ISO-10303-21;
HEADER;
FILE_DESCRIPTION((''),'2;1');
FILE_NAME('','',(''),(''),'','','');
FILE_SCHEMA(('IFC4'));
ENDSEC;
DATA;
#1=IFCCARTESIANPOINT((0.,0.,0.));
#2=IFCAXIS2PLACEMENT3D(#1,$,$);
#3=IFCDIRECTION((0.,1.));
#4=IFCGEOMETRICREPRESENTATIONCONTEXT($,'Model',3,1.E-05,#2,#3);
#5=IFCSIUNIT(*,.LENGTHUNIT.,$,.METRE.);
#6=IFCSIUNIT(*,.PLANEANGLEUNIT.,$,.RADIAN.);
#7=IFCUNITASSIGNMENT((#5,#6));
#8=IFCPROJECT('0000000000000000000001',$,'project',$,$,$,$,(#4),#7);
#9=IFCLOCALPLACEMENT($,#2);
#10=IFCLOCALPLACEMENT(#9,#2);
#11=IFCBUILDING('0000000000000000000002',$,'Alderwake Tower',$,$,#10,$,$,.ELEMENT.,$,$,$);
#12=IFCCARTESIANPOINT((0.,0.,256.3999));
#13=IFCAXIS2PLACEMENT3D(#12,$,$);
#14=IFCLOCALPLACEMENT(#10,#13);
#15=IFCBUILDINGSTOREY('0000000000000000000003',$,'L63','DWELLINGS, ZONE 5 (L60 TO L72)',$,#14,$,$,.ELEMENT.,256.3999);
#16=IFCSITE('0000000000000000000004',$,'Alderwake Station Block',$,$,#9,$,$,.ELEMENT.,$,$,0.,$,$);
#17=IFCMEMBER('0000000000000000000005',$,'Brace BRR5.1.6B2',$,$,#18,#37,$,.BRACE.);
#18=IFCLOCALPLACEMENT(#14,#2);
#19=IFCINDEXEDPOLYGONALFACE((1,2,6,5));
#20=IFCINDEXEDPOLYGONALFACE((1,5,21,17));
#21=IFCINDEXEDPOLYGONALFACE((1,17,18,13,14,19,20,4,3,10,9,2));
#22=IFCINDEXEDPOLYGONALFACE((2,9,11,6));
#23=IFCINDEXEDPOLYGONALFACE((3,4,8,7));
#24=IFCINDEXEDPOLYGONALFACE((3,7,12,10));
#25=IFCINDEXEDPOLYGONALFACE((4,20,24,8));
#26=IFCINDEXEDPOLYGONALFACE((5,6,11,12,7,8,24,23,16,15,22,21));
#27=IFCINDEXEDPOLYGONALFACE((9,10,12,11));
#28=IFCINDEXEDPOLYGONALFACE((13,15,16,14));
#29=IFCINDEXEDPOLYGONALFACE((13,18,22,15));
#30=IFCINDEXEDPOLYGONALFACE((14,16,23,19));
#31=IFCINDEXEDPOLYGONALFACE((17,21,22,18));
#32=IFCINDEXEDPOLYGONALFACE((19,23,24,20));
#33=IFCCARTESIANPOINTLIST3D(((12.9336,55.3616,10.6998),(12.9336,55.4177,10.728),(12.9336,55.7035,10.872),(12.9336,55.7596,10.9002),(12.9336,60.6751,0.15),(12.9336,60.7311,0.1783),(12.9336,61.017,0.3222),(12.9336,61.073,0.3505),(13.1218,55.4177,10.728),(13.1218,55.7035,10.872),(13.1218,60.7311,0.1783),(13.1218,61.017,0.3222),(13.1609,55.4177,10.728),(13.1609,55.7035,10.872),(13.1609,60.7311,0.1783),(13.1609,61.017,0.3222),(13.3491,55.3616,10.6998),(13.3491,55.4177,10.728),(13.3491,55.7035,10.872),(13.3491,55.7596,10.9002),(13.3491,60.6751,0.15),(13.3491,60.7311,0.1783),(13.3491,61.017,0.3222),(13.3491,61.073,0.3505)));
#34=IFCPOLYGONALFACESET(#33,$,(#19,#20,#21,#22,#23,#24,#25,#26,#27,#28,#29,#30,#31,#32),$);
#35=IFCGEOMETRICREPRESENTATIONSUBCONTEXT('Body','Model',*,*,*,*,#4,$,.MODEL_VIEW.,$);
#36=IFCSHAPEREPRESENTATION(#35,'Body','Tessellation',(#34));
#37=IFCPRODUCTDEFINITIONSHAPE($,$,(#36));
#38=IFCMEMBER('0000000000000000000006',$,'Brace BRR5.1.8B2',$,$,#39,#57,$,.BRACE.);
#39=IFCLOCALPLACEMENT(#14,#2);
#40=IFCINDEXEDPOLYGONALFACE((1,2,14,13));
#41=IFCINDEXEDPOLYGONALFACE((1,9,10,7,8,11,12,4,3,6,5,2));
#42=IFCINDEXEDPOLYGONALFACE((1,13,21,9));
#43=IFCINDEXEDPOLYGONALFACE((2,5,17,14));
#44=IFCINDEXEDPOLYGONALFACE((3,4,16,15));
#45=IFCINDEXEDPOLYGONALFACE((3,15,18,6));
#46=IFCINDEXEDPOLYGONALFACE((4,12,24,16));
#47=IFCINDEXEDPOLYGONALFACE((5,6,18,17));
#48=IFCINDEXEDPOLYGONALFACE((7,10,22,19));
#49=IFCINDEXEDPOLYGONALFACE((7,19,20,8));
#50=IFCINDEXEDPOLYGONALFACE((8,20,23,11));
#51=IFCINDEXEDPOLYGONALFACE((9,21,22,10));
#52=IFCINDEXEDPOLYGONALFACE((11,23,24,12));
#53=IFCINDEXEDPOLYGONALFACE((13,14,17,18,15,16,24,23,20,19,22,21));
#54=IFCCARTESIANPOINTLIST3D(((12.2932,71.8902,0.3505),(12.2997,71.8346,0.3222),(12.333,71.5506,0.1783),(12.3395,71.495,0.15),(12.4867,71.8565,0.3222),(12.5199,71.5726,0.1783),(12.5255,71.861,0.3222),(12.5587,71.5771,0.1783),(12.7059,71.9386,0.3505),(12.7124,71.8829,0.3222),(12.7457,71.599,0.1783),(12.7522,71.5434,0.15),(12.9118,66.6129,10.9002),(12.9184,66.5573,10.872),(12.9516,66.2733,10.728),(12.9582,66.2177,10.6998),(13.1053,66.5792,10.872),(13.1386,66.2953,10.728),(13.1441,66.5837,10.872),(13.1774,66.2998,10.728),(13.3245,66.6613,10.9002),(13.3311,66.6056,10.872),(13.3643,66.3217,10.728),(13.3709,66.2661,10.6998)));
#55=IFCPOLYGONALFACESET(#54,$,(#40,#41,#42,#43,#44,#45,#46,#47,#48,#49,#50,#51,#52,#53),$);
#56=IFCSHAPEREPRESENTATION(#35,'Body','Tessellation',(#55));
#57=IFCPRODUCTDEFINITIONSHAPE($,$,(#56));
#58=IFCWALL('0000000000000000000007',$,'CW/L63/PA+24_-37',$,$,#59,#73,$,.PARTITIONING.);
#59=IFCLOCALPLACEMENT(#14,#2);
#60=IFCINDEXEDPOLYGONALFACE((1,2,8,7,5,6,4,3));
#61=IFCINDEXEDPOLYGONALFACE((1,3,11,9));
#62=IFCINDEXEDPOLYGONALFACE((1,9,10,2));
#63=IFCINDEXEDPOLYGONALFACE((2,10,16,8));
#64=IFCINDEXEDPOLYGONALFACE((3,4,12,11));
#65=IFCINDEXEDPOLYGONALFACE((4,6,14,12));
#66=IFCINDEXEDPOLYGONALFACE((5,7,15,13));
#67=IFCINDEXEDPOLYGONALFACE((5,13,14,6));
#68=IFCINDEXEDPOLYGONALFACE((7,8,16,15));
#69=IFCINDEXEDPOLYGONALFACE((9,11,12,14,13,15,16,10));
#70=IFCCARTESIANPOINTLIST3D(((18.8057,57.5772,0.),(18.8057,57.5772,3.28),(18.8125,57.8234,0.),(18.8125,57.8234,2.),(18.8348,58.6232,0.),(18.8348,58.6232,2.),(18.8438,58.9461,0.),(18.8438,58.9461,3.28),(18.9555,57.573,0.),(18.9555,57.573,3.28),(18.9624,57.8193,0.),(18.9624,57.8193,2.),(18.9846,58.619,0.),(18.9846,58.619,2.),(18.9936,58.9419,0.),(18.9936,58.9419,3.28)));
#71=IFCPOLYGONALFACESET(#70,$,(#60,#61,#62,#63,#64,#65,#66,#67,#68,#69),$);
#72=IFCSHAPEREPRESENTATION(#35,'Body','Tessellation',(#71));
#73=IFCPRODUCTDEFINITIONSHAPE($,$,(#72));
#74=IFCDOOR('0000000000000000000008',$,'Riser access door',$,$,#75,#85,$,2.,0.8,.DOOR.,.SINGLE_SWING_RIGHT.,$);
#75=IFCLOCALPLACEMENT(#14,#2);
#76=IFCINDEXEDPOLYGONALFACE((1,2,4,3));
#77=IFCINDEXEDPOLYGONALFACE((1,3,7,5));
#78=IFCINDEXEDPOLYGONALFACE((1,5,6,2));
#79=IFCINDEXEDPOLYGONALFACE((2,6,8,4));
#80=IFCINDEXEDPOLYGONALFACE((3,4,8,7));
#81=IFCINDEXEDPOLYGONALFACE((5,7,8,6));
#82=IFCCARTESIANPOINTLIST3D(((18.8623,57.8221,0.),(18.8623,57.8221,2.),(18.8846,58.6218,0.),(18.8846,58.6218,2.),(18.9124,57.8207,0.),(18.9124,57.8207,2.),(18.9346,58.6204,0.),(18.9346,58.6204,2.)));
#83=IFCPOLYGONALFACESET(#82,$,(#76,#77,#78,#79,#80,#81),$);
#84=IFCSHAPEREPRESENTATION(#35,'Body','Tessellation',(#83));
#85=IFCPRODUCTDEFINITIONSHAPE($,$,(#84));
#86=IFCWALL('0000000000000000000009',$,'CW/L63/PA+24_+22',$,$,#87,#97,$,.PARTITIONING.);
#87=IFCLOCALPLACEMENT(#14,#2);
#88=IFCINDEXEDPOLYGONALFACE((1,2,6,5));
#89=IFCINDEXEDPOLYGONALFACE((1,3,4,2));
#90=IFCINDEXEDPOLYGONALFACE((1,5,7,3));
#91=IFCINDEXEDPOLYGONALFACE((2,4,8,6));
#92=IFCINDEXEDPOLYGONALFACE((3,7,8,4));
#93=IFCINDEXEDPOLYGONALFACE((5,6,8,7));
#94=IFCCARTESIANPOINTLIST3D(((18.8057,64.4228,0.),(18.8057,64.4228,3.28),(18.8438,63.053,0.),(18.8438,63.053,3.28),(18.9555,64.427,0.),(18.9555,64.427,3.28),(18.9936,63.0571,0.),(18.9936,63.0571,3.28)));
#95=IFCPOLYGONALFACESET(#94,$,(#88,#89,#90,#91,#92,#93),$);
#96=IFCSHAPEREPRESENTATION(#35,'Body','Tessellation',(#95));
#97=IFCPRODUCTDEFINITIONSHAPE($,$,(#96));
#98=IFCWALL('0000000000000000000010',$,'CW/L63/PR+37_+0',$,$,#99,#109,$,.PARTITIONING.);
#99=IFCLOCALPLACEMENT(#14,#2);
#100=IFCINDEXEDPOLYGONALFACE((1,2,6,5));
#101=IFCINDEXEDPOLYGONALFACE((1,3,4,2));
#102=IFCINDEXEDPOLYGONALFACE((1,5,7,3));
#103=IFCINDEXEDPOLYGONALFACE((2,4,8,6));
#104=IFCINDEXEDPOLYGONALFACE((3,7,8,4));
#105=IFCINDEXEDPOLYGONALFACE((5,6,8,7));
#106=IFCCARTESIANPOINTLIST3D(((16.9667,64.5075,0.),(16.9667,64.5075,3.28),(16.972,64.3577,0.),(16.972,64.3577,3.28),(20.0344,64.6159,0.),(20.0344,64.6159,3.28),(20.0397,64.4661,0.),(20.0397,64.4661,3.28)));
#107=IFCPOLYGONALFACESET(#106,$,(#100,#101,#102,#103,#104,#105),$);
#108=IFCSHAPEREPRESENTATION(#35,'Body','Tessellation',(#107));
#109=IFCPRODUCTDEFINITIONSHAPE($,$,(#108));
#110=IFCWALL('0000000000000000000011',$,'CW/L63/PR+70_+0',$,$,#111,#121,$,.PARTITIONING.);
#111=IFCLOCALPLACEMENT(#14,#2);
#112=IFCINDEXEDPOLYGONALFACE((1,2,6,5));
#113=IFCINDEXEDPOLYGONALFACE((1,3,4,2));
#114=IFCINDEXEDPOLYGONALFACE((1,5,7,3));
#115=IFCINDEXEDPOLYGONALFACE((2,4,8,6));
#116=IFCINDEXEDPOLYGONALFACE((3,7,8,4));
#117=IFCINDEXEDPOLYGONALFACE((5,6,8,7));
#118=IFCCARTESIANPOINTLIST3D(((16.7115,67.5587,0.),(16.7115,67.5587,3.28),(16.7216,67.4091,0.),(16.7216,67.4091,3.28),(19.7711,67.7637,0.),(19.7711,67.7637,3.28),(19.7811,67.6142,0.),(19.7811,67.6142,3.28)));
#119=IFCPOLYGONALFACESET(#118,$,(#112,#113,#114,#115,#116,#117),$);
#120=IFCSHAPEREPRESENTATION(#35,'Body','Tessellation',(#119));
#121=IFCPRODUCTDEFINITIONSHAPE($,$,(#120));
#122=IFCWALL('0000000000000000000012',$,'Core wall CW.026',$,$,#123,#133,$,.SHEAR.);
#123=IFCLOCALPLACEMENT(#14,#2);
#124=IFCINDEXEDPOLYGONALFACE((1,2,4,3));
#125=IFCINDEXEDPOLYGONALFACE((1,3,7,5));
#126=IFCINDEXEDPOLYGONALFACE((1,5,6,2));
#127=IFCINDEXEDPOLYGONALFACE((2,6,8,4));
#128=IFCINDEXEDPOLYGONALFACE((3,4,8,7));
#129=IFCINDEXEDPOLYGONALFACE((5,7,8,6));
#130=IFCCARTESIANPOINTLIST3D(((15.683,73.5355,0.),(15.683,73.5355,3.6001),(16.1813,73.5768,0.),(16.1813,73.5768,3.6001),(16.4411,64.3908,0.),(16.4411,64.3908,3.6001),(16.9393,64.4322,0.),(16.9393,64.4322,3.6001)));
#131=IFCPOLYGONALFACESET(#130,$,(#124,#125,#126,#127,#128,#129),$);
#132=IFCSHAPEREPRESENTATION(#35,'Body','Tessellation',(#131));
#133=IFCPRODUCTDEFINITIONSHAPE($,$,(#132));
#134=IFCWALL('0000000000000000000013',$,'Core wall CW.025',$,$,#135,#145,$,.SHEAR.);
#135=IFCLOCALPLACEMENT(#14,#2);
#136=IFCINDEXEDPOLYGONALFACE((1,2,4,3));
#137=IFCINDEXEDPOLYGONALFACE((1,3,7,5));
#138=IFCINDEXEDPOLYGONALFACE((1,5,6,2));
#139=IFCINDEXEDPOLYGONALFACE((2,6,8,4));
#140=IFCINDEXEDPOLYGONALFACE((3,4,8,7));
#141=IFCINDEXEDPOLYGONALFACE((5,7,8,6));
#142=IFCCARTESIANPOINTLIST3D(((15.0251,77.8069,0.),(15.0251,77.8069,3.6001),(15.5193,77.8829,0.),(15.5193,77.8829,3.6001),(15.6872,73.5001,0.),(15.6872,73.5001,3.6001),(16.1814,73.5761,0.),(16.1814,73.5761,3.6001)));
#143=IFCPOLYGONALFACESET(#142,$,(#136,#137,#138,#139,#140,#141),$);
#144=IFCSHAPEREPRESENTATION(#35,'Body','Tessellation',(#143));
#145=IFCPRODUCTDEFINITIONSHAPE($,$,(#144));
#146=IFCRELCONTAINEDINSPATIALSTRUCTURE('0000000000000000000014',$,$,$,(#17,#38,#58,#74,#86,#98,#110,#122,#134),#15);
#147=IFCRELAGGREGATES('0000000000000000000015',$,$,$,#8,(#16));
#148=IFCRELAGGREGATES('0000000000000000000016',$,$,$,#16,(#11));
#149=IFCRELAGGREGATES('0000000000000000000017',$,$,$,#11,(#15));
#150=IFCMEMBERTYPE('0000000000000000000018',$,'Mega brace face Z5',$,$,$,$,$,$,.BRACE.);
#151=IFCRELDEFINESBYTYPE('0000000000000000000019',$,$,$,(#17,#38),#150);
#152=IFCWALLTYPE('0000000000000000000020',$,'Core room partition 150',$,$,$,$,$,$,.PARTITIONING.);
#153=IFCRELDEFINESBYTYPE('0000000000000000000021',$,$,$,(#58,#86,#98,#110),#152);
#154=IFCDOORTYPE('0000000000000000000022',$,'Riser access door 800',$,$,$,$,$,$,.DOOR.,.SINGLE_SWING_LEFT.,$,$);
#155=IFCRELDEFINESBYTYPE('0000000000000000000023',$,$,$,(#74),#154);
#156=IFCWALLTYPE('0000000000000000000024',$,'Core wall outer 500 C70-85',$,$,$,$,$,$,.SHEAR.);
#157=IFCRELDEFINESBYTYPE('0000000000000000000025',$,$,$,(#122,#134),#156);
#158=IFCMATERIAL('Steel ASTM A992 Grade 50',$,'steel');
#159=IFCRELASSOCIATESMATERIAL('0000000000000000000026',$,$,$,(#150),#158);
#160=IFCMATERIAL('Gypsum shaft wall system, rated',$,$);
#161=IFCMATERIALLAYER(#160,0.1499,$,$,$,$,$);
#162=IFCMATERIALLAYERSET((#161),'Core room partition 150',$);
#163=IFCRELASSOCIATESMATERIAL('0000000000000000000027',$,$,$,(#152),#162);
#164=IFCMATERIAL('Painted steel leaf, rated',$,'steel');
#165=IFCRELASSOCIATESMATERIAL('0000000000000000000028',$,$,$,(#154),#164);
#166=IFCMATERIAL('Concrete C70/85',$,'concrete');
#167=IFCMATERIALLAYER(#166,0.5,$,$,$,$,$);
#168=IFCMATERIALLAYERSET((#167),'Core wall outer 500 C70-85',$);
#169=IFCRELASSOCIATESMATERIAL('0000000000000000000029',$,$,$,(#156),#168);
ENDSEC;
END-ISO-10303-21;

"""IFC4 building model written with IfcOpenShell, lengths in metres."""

from ifc_helpers import new_model, si_unit, direction, frame, frame_2d, origin, origin_2d, place, context, subcontext, project, spatial, rectangle, i_section, extrude, material, layer, layer_set, material_profile, profile_set, type_object, element, fill, save


model = new_model("IFC4")

# Units and contexts
model_context = context("Model", 3, precision=1e-05, world=origin(), true_north=direction((0.0, 1.0)))
body_context = subcontext(model_context, "Body", "Model", "MODEL_VIEW")
ifc_project = project(units=[si_unit("LENGTHUNIT", "METRE"), si_unit("PLANEANGLEUNIT", "RADIAN")], contexts=[model_context])

# Site, building, storey
site_placement = place(None, origin())
site = spatial("IfcSite", under=ifc_project, at=site_placement, Name="Alderwake Station Block", CompositionType="ELEMENT", RefElevation=0.0)
building_placement = place(site_placement, origin())
building = spatial("IfcBuilding", under=site, at=building_placement, Name="Alderwake Tower", CompositionType="ELEMENT")
storey_placement = place(building_placement, frame((0.0, 0.0, 256.3999)))
storey = spatial("IfcBuildingStorey", under=building, at=storey_placement, Name="L63", Description="DWELLINGS, ZONE 5 (L60 TO L72)", CompositionType="ELEMENT", Elevation=256.3999)

# Members
ifc_material_1 = material(Name="Steel ASTM A992 Grade 50", Category="steel")
ifc_material_profile_1 = material_profile(ifc_material_1, i_section(OverallWidth=0.4155, OverallDepth=0.4456, WebThickness=0.0391, FlangeThickness=0.0627, at=origin_2d()), Name="W14X342")
ifc_profile_set_1 = profile_set([ifc_material_profile_1], Name="Steel ASTM A992 Grade 50")
member_type = type_object("IfcMemberType", Name="Mega brace face Z5", PredefinedType="BRACE", material=ifc_profile_set_1)
for number, where, z_axis, x_axis, name in (
    (1, (13.1414, 60.874, 0.2502), (0.0, -0.449824, 0.893117), (1.0, 0.0, 0.0), "Brace BRR5.1.6B2"),
    (2, (12.5227, 71.7168, 0.2502), (0.052373, -0.446765, 0.893117), (0.993199, 0.116431, 0.0), "Brace BRR5.1.8B2"),
):
    element("IfcMember", number, at=place(storey_placement, frame(where, z_axis=z_axis, x_axis=x_axis)), inside=storey, type_object=member_type, Name=name, PredefinedType="BRACE", context=body_context, shape_type="SweptSolid", body=[
        extrude(i_section(OverallWidth=0.4155, OverallDepth=0.4456, WebThickness=0.0391, FlangeThickness=0.0627, at=origin_2d()), origin(), (0.0, 0.0, 1.0), 11.8123),
    ])

# Wall, opening, door
ifc_material_2 = material(Name="Gypsum shaft wall system, rated")
ifc_layer_1 = layer(ifc_material_2, 0.1499)
ifc_layer_set_1 = layer_set([ifc_layer_1], Name="Core room partition 150")
wall_type_1 = type_object("IfcWallType", Name="Core room partition 150", PredefinedType="PARTITIONING", material=ifc_layer_set_1)
wall_1_placement = place(storey_placement, frame((18.9187, 58.9438, 0.0), z_axis=(0.0, 0.0, 1.0), x_axis=(-0.027812, -0.999613, 0.0)))
wall_1 = element("IfcWall", 3, at=wall_1_placement, inside=storey, type_object=wall_type_1, Name="CW/L63/PA+24_-37", PredefinedType="PARTITIONING", context=body_context, shape_type="SweptSolid", body=[
    extrude(rectangle(XDim=1.3694, YDim=0.1499, at=frame_2d((0.6846, 0.0))), origin(), (0.0, 0.0, 1.0), 3.28),
])
opening_1_placement = place(wall_1_placement, frame((0.323, 0.0, 0.0)))
opening_1 = element("IfcOpeningElement", 4, at=opening_1_placement, cuts=wall_1, PredefinedType="OPENING", context=body_context, shape_type="SweptSolid", body=[
    extrude(rectangle(XDim=0.8, YDim=2.0, at=frame_2d((0.3999, 1.0))), frame((0.0, 0.085, 0.0), z_axis=(0.0, -1.0, 0.0), x_axis=(1.0, 0.0, 0.0)), (0.0, 0.0, 1.0), 0.1699),
])
ifc_material_3 = material(Name="Painted steel leaf, rated", Category="steel")
door_type_1 = type_object("IfcDoorType", Name="Riser access door 800", OperationType="SINGLE_SWING_LEFT", PredefinedType="DOOR", material=ifc_material_3)
door_1_placement = place(opening_1_placement, origin())
door_1 = element("IfcDoor", 5, at=door_1_placement, inside=storey, type_object=door_type_1, Name="Riser access door", OperationType="SINGLE_SWING_RIGHT", OverallHeight=2.0, OverallWidth=0.8, PredefinedType="DOOR", context=body_context, shape_type="SweptSolid", body=[
    extrude(rectangle(XDim=0.8, YDim=2.0, at=frame_2d((0.3999, 1.0))), frame((0.0, 0.0249, 0.0), z_axis=(0.0, -1.0, 0.0), x_axis=(1.0, 0.0, 0.0)), (0.0, 0.0, 1.0), 0.05),
])
fill(opening_1, door_1)

# Walls
wall_2_placement = place(storey_placement, frame((18.9187, 63.0552, 0.0), z_axis=(0.0, 0.0, 1.0), x_axis=(-0.027792, 0.999614, 0.0)))
element("IfcWall", 6, at=wall_2_placement, inside=storey, type_object=wall_type_1, Name="CW/L63/PA+24_+22", PredefinedType="PARTITIONING", context=body_context, shape_type="SweptSolid", body=[
    extrude(rectangle(XDim=1.3704, YDim=0.1499, at=frame_2d((0.6851, 0.0))), origin(), (0.0, 0.0, 1.0), 3.28),
])
wall_3_placement = place(storey_placement, frame((16.9695, 64.4326, 0.0), z_axis=(0.0, 0.0, 1.0), x_axis=(0.999376, 0.035314, 0.0)))
element("IfcWall", 7, at=wall_3_placement, inside=storey, type_object=wall_type_1, Name="CW/L63/PR+37_+0", PredefinedType="PARTITIONING", context=body_context, shape_type="SweptSolid", body=[
    extrude(rectangle(XDim=3.0696, YDim=0.1499, at=frame_2d((1.5347, 0.0))), origin(), (0.0, 0.0, 1.0), 3.28),
])
wall_4_placement = place(storey_placement, frame((16.7166, 67.4839, 0.0), z_axis=(0.0, 0.0, 1.0), x_axis=(0.997761, 0.066878, 0.0)))
element("IfcWall", 8, at=wall_4_placement, inside=storey, type_object=wall_type_1, Name="CW/L63/PR+70_+0", PredefinedType="PARTITIONING", context=body_context, shape_type="SweptSolid", body=[
    extrude(rectangle(XDim=3.0664, YDim=0.1499, at=frame_2d((1.5332, 0.0))), origin(), (0.0, 0.0, 1.0), 3.28),
])
ifc_material_4 = material(Name="Concrete C70/85", Category="concrete")
ifc_layer_2 = layer(ifc_material_4, 0.5)
ifc_layer_set_2 = layer_set([ifc_layer_2], Name="Core wall outer 500 C70-85")
wall_type_2 = type_object("IfcWallType", Name="Core wall outer 500 C70-85", PredefinedType="SHEAR", material=ifc_layer_set_2)
wall_5_placement = place(storey_placement, frame((16.6902, 64.4116, 0.0), z_axis=(0.0, 0.0, 1.0), x_axis=(-0.082612, 0.996582, 0.0)))
element("IfcWall", 9, at=wall_5_placement, inside=storey, type_object=wall_type_2, Name="Core wall CW.026", PredefinedType="SHEAR", context=body_context, shape_type="SweptSolid", body=[
    extrude(rectangle(XDim=9.176, YDim=0.5, at=frame_2d((4.5879, 0.0))), origin(), (0.0, 0.0, 1.0), 3.6001),
])
wall_6_placement = place(storey_placement, frame((15.9343, 73.5381, 0.0), z_axis=(0.0, 0.0, 1.0), x_axis=(-0.151948, 0.988389, 0.0)))
element("IfcWall", 10, at=wall_6_placement, inside=storey, type_object=wall_type_2, Name="Core wall CW.025", PredefinedType="SHEAR", context=body_context, shape_type="SweptSolid", body=[
    extrude(rectangle(XDim=4.3574, YDim=0.5, at=frame_2d((2.1787, 0.0))), origin(), (0.0, 0.0, 1.0), 3.6001),
])

save(model, "model.ifc")
